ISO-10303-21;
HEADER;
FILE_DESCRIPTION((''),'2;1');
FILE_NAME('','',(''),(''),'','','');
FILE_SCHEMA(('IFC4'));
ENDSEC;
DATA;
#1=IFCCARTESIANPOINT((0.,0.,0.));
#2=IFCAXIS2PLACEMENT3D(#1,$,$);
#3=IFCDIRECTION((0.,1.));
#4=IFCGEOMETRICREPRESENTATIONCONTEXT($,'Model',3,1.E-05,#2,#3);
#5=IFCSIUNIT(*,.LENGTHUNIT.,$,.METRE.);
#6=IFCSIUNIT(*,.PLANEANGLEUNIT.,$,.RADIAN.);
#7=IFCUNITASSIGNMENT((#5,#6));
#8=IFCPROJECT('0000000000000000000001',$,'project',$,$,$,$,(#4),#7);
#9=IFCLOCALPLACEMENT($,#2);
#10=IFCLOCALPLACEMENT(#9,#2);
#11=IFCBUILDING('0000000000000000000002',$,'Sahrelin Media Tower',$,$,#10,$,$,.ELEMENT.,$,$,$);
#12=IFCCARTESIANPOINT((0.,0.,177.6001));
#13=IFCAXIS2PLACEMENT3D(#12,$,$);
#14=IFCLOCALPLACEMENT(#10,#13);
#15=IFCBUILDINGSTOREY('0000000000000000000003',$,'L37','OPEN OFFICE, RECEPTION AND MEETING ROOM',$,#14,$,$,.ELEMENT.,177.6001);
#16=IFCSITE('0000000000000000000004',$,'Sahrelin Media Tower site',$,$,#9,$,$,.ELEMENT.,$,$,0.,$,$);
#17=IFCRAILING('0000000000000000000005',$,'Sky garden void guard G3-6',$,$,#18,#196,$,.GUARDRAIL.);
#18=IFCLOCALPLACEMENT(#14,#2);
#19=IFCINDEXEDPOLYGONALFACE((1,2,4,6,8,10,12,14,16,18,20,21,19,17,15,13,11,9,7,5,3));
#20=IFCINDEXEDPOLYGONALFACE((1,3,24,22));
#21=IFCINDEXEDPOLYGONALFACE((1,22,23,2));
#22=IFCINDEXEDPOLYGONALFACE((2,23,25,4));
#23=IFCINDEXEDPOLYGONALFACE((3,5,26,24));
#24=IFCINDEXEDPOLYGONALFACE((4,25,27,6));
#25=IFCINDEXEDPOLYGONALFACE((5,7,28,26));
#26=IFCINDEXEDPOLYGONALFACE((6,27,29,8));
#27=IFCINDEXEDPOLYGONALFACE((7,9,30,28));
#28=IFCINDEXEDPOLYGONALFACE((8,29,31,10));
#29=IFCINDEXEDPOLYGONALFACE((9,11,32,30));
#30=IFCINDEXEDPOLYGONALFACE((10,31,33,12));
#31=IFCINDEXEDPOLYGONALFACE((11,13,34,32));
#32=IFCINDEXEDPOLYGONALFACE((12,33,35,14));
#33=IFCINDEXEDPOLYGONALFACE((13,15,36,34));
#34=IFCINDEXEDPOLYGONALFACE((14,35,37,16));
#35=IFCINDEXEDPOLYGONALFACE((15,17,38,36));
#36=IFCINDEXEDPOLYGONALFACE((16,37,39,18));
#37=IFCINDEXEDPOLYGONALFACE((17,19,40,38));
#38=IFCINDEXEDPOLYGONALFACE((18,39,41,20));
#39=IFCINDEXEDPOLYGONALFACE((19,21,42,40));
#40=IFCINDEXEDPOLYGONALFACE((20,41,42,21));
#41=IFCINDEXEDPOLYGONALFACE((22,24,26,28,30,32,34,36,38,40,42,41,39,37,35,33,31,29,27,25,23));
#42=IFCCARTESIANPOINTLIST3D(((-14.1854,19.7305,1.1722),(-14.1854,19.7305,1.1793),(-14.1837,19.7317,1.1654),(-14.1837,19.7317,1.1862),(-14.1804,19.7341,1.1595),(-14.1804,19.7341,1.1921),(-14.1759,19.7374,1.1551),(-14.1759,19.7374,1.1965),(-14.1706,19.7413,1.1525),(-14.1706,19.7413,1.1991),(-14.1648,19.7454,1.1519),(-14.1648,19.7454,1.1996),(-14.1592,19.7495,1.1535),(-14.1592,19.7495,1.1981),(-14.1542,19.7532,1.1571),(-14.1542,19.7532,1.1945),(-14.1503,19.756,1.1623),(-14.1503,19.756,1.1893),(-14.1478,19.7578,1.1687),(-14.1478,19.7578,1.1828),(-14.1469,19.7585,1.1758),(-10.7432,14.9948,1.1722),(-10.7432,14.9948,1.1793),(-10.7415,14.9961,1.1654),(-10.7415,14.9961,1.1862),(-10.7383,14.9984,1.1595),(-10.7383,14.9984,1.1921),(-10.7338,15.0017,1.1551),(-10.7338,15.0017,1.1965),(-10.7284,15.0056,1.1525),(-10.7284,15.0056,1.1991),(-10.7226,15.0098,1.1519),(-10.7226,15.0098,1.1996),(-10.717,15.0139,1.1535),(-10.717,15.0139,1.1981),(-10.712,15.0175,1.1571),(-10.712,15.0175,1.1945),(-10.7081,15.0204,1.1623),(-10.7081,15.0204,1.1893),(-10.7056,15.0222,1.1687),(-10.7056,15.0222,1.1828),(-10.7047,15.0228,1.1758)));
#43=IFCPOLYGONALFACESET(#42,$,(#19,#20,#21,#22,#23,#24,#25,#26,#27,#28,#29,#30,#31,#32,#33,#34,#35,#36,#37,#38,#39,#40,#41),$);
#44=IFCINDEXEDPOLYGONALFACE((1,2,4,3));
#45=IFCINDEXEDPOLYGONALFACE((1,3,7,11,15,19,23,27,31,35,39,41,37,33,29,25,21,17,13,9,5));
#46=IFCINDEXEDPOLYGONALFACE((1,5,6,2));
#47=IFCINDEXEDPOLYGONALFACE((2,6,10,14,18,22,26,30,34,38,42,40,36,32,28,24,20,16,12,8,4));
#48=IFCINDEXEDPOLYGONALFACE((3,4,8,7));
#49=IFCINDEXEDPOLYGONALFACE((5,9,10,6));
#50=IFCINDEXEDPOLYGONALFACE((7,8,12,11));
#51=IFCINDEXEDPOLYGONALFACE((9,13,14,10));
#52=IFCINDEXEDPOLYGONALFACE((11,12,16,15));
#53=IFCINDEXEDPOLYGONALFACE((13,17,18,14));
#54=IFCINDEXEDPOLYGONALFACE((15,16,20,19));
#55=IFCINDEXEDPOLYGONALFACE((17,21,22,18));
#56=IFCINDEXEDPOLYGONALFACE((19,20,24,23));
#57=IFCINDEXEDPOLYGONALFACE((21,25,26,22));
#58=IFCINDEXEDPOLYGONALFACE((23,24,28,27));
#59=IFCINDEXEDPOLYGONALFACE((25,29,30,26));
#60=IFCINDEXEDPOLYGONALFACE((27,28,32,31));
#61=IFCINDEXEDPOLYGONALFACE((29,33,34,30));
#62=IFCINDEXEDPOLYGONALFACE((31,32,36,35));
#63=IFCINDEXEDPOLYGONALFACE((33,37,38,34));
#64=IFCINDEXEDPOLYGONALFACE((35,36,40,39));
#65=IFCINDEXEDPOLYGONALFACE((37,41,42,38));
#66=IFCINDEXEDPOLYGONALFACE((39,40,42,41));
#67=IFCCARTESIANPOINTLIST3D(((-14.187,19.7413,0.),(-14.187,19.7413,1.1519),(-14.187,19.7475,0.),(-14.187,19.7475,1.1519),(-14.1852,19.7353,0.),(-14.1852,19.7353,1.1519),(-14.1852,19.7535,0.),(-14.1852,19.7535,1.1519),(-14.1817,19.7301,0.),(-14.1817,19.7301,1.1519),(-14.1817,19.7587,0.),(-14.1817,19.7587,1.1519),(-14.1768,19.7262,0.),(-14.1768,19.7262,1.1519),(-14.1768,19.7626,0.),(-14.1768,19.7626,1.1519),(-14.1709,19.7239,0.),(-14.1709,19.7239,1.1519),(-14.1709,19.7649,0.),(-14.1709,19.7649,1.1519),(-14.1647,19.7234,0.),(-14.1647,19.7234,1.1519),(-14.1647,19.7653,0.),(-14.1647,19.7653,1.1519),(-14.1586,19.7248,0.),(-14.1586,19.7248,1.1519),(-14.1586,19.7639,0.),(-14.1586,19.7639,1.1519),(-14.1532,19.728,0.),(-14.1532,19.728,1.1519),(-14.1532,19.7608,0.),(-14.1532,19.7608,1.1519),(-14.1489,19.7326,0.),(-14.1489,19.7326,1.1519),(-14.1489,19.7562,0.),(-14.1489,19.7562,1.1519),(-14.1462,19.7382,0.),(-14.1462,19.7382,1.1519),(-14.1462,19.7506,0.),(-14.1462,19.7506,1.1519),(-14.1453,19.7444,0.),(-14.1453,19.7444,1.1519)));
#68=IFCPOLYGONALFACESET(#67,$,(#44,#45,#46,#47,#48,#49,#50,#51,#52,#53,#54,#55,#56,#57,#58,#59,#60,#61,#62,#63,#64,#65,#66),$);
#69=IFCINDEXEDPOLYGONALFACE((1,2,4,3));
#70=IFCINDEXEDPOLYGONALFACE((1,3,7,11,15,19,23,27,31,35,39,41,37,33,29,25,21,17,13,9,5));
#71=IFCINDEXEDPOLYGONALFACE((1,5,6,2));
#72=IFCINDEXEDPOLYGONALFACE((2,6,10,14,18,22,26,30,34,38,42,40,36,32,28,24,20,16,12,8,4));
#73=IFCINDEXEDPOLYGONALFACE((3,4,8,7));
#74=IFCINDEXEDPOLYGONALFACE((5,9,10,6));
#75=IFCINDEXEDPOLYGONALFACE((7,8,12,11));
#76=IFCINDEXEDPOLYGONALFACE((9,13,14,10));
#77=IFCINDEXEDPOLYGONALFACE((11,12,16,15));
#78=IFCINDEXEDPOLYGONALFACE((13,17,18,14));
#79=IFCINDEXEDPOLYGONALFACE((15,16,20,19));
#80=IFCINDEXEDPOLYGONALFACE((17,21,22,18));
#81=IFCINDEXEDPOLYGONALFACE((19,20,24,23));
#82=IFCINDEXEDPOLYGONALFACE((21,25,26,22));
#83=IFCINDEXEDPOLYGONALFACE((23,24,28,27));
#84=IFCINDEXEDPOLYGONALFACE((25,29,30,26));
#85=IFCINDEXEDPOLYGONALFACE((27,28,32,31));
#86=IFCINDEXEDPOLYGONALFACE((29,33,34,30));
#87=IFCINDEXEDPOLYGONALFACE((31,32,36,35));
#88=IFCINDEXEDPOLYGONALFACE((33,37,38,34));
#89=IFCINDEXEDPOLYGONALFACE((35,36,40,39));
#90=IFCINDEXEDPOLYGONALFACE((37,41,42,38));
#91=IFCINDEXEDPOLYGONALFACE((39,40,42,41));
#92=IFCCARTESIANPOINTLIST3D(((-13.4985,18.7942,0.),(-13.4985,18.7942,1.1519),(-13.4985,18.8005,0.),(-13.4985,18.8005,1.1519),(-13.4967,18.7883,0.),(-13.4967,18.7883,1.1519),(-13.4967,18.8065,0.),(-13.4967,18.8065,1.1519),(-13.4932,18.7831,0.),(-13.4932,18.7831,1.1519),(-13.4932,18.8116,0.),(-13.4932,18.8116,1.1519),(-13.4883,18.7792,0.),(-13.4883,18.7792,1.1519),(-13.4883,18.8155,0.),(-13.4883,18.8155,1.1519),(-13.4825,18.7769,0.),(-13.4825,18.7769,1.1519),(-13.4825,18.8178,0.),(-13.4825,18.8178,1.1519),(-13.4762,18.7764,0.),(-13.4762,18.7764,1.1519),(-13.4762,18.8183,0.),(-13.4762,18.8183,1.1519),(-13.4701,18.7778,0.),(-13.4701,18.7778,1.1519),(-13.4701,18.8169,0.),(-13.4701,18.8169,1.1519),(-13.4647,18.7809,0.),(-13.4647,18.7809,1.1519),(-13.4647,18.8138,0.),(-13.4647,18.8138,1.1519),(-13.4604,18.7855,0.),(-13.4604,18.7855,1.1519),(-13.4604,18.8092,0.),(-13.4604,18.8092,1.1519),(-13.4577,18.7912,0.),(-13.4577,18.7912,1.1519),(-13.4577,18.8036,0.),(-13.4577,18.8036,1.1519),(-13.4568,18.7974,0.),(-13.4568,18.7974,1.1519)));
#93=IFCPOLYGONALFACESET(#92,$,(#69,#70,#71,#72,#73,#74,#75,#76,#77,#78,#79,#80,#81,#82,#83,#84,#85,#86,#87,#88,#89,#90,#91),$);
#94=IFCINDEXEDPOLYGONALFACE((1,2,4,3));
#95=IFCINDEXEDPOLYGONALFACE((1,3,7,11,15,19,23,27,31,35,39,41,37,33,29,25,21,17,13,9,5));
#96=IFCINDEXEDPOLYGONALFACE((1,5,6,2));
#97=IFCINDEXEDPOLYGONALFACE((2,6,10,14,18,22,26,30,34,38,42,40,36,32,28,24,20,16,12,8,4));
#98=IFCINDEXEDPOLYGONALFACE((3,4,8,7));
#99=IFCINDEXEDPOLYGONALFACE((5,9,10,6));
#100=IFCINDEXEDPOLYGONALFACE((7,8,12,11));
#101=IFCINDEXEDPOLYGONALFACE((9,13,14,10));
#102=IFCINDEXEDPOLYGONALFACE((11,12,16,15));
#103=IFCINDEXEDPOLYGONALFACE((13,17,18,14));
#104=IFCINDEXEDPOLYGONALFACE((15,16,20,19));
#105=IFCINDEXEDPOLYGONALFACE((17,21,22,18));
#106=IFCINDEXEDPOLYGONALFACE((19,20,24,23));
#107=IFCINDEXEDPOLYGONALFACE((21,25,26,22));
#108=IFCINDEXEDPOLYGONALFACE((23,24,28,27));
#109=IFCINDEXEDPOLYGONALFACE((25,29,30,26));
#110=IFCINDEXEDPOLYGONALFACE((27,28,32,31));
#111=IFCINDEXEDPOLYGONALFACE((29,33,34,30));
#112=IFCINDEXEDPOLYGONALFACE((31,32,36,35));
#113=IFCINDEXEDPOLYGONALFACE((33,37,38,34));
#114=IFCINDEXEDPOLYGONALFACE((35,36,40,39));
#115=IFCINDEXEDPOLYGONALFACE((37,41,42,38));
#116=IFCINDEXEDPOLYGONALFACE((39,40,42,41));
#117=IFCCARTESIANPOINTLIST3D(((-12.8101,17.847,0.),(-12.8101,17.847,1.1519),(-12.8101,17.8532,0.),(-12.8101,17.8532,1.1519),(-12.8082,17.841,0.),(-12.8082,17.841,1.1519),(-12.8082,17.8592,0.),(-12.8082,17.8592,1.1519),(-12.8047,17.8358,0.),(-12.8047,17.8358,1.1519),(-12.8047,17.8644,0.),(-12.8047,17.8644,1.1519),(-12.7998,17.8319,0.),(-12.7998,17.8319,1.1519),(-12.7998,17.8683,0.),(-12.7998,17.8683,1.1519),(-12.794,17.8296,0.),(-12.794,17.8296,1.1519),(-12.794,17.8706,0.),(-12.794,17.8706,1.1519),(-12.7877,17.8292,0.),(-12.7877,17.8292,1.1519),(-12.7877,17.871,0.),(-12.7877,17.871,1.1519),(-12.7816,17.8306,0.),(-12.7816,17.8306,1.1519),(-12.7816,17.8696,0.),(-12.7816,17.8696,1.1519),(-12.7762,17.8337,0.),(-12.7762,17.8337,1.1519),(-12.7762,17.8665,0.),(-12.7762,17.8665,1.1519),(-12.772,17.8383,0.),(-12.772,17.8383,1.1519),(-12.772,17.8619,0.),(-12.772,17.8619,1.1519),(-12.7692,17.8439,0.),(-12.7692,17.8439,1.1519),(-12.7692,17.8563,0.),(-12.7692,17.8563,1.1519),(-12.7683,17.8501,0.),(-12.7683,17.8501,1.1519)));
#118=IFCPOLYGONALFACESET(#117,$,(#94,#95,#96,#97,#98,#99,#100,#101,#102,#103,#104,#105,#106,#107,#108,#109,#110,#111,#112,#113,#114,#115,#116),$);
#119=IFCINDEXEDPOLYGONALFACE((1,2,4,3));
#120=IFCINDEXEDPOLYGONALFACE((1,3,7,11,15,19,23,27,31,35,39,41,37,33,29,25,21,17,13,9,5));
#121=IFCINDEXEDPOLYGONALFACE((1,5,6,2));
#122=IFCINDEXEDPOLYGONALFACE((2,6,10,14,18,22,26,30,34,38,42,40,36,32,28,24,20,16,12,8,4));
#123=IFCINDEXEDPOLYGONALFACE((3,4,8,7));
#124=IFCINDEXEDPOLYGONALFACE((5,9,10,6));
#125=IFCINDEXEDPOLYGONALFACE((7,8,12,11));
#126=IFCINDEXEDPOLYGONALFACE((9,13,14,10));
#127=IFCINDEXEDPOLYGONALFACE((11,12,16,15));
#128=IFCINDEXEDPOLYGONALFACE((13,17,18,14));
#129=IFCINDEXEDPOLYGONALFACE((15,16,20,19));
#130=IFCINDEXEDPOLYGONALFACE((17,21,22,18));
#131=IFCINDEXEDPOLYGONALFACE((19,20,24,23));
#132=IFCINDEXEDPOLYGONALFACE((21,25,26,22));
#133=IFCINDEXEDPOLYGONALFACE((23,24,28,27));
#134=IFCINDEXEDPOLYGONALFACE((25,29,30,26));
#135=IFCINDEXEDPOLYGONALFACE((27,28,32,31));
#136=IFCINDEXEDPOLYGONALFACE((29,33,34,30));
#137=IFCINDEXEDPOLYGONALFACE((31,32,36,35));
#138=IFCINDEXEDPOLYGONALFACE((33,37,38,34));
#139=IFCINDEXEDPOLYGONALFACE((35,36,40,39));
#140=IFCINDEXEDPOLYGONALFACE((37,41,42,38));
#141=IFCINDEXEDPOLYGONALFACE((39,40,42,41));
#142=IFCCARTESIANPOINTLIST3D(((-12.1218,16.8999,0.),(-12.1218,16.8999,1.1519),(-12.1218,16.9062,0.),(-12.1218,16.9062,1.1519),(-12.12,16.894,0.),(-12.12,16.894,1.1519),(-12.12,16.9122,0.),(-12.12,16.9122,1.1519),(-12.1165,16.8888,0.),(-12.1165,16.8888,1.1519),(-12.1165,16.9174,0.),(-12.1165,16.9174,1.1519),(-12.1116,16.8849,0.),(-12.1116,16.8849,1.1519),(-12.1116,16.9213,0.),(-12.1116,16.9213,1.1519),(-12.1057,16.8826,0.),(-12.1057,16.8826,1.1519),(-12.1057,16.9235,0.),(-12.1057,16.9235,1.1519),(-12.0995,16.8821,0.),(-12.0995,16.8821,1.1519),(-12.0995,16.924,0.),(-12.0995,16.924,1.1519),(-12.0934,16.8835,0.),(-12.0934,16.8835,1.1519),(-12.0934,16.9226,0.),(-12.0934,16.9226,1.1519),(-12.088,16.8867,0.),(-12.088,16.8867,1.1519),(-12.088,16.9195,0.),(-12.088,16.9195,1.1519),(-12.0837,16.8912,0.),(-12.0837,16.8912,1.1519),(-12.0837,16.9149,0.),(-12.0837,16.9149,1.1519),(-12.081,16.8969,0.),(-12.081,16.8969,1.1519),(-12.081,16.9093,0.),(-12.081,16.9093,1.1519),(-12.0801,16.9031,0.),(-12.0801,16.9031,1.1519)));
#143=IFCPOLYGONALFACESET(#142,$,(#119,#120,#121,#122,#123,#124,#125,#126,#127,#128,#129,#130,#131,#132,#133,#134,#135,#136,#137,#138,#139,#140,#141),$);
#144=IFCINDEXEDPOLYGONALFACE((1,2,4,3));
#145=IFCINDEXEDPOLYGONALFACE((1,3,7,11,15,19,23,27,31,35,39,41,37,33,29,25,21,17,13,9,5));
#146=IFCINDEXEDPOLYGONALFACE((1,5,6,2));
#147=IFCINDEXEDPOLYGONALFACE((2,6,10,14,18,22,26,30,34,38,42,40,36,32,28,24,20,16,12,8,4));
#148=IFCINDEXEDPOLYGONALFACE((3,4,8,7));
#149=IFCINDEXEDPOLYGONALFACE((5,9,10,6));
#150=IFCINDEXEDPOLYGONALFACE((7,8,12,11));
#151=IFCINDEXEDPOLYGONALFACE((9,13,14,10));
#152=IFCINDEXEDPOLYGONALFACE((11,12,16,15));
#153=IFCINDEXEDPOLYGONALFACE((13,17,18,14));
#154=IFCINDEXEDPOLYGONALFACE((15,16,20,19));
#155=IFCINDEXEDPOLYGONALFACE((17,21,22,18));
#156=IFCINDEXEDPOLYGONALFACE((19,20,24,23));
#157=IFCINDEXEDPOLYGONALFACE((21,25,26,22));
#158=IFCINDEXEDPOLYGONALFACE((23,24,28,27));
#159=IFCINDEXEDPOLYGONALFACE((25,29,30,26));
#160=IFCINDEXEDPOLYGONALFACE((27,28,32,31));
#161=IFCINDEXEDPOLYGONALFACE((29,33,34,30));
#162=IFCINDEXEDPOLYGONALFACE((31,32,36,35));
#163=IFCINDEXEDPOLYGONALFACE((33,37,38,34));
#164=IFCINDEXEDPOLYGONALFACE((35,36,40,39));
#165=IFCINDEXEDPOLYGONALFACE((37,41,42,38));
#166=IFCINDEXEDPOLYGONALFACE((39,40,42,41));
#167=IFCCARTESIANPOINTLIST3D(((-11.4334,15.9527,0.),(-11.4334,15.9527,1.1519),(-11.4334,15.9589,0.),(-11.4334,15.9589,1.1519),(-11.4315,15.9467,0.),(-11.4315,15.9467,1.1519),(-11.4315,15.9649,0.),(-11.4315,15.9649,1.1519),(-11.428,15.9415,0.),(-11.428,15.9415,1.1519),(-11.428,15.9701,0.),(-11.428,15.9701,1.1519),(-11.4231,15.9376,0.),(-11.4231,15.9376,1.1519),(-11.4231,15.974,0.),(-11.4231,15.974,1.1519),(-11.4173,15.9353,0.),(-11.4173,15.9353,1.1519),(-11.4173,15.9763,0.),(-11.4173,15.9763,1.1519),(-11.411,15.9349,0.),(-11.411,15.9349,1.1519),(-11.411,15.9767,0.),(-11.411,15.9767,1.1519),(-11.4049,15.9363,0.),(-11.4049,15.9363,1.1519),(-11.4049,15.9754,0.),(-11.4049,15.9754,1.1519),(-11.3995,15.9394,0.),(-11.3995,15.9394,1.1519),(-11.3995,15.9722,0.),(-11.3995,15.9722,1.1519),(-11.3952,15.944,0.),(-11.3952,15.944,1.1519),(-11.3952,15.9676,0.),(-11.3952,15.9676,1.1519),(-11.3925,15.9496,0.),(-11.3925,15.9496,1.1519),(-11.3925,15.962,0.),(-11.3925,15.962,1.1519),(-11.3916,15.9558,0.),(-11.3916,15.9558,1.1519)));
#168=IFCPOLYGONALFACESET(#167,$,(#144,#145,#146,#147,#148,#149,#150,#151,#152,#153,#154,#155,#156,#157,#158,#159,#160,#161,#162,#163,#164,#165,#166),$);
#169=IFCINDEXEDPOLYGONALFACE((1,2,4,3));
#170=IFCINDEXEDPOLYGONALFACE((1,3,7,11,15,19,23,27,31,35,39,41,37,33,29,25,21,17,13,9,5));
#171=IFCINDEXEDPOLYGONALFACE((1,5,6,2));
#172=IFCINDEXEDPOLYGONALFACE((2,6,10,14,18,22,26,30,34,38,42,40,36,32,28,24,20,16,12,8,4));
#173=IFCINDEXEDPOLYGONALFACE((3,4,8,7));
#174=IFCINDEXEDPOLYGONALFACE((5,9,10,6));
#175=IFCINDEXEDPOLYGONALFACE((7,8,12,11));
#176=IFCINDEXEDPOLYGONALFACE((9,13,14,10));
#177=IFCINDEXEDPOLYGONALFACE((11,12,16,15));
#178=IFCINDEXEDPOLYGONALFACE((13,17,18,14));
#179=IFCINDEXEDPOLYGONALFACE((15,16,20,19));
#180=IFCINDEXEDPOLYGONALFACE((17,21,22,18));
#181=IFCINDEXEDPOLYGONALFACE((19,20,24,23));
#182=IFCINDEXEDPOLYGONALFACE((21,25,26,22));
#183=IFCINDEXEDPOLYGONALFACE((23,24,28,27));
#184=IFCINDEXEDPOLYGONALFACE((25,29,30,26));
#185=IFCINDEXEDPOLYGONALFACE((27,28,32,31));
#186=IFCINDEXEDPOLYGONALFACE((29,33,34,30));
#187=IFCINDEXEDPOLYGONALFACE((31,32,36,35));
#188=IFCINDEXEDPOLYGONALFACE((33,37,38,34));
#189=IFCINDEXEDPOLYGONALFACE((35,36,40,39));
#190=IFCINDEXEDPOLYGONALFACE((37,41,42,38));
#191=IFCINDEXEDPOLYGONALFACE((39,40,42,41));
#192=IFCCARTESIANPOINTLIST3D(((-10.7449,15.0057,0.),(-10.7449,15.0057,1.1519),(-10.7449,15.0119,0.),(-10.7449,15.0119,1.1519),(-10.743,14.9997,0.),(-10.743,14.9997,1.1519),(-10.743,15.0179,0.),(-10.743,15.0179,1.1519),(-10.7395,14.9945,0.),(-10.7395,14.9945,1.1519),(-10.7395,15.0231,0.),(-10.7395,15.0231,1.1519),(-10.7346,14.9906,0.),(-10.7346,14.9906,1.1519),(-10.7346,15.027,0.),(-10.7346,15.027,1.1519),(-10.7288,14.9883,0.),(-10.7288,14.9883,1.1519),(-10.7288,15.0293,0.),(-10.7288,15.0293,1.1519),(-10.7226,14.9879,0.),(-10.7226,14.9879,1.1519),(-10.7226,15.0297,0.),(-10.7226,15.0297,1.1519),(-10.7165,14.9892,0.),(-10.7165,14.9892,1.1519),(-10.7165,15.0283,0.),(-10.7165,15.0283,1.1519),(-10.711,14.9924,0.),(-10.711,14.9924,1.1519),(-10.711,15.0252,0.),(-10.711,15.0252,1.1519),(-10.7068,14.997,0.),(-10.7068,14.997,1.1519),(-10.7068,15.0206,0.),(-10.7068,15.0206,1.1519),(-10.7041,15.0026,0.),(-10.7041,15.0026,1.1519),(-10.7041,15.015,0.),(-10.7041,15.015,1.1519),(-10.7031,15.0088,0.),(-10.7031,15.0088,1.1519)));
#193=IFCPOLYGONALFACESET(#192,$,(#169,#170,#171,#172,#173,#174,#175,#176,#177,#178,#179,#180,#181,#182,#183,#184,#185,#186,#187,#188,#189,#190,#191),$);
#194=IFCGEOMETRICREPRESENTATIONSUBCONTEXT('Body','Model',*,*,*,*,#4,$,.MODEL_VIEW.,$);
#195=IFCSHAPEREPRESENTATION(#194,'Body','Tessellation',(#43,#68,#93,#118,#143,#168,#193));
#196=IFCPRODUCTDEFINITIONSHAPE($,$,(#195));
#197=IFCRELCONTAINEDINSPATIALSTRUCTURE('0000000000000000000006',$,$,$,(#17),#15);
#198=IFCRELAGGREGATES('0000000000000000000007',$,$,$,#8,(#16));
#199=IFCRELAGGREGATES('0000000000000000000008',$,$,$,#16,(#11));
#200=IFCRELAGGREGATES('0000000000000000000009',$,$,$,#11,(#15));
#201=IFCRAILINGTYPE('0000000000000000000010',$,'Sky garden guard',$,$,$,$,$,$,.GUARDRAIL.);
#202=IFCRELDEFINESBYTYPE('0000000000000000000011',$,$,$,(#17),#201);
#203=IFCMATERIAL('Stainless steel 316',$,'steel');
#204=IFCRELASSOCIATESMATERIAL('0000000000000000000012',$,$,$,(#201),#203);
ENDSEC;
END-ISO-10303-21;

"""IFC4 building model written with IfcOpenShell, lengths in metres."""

from ifc_helpers import new_model, si_unit, direction, frame, origin, origin_2d, place, context, subcontext, project, spatial, circle, extrude, material, type_object, element, save


model = new_model("IFC4")

# Units and contexts
model_context = context("Model", 3, precision=1e-05, world=origin(), true_north=direction((0.0, 1.0)))
body_context = subcontext(model_context, "Body", "Model", "MODEL_VIEW")
ifc_project = project(units=[si_unit("LENGTHUNIT", "METRE"), si_unit("PLANEANGLEUNIT", "RADIAN")], contexts=[model_context])

# Site, building, storey
site_placement = place(None, origin())
site = spatial("IfcSite", under=ifc_project, at=site_placement, Name="Sahrelin Media Tower site", CompositionType="ELEMENT", RefElevation=0.0)
building_placement = place(site_placement, origin())
building = spatial("IfcBuilding", under=site, at=building_placement, Name="Sahrelin Media Tower", CompositionType="ELEMENT")
storey_placement = place(building_placement, frame((0.0, 0.0, 177.6001)))
storey = spatial("IfcBuildingStorey", under=building, at=storey_placement, Name="L37", Description="OPEN OFFICE, RECEPTION AND MEETING ROOM", CompositionType="ELEMENT", Elevation=177.6001)

# Railing
ifc_material_1 = material(Name="Stainless steel 316", Category="steel")
railing_type = type_object("IfcRailingType", Name="Sky garden guard", PredefinedType="GUARDRAIL", material=ifc_material_1)
railing_1_placement = place(storey_placement, frame((-14.1663, 19.7444, 0.0)))
element("IfcRailing", 1, at=railing_1_placement, inside=storey, type_object=railing_type, Name="Sky garden void guard G3-6", PredefinedType="GUARDRAIL", context=body_context, shape_type="SweptSolid", body=[
    extrude(circle(Radius=0.0239, at=origin_2d()), frame((0.0, 0.0, 1.1758), z_axis=(0.587956, -0.808893, 0.0), x_axis=(0.808893, 0.587956, 0.0)), (0.0, 0.0, 1.0), 5.8545),
    extrude(circle(Radius=0.021, at=origin_2d()), origin(), (0.0, 0.0, 1.0), 1.1519),
    extrude(circle(Radius=0.021, at=origin_2d()), frame((0.6885, -0.947, 0.0)), (0.0, 0.0, 1.0), 1.1519),
    extrude(circle(Radius=0.021, at=origin_2d()), frame((1.377, -1.8943, 0.0)), (0.0, 0.0, 1.0), 1.1519),
    extrude(circle(Radius=0.021, at=origin_2d()), frame((2.0652, -2.8413, 0.0)), (0.0, 0.0, 1.0), 1.1519),
    extrude(circle(Radius=0.021, at=origin_2d()), frame((2.7537, -3.7886, 0.0)), (0.0, 0.0, 1.0), 1.1519),
    extrude(circle(Radius=0.021, at=origin_2d()), frame((3.4421, -4.7356, 0.0)), (0.0, 0.0, 1.0), 1.1519),
])

save(model, "model.ifc")
